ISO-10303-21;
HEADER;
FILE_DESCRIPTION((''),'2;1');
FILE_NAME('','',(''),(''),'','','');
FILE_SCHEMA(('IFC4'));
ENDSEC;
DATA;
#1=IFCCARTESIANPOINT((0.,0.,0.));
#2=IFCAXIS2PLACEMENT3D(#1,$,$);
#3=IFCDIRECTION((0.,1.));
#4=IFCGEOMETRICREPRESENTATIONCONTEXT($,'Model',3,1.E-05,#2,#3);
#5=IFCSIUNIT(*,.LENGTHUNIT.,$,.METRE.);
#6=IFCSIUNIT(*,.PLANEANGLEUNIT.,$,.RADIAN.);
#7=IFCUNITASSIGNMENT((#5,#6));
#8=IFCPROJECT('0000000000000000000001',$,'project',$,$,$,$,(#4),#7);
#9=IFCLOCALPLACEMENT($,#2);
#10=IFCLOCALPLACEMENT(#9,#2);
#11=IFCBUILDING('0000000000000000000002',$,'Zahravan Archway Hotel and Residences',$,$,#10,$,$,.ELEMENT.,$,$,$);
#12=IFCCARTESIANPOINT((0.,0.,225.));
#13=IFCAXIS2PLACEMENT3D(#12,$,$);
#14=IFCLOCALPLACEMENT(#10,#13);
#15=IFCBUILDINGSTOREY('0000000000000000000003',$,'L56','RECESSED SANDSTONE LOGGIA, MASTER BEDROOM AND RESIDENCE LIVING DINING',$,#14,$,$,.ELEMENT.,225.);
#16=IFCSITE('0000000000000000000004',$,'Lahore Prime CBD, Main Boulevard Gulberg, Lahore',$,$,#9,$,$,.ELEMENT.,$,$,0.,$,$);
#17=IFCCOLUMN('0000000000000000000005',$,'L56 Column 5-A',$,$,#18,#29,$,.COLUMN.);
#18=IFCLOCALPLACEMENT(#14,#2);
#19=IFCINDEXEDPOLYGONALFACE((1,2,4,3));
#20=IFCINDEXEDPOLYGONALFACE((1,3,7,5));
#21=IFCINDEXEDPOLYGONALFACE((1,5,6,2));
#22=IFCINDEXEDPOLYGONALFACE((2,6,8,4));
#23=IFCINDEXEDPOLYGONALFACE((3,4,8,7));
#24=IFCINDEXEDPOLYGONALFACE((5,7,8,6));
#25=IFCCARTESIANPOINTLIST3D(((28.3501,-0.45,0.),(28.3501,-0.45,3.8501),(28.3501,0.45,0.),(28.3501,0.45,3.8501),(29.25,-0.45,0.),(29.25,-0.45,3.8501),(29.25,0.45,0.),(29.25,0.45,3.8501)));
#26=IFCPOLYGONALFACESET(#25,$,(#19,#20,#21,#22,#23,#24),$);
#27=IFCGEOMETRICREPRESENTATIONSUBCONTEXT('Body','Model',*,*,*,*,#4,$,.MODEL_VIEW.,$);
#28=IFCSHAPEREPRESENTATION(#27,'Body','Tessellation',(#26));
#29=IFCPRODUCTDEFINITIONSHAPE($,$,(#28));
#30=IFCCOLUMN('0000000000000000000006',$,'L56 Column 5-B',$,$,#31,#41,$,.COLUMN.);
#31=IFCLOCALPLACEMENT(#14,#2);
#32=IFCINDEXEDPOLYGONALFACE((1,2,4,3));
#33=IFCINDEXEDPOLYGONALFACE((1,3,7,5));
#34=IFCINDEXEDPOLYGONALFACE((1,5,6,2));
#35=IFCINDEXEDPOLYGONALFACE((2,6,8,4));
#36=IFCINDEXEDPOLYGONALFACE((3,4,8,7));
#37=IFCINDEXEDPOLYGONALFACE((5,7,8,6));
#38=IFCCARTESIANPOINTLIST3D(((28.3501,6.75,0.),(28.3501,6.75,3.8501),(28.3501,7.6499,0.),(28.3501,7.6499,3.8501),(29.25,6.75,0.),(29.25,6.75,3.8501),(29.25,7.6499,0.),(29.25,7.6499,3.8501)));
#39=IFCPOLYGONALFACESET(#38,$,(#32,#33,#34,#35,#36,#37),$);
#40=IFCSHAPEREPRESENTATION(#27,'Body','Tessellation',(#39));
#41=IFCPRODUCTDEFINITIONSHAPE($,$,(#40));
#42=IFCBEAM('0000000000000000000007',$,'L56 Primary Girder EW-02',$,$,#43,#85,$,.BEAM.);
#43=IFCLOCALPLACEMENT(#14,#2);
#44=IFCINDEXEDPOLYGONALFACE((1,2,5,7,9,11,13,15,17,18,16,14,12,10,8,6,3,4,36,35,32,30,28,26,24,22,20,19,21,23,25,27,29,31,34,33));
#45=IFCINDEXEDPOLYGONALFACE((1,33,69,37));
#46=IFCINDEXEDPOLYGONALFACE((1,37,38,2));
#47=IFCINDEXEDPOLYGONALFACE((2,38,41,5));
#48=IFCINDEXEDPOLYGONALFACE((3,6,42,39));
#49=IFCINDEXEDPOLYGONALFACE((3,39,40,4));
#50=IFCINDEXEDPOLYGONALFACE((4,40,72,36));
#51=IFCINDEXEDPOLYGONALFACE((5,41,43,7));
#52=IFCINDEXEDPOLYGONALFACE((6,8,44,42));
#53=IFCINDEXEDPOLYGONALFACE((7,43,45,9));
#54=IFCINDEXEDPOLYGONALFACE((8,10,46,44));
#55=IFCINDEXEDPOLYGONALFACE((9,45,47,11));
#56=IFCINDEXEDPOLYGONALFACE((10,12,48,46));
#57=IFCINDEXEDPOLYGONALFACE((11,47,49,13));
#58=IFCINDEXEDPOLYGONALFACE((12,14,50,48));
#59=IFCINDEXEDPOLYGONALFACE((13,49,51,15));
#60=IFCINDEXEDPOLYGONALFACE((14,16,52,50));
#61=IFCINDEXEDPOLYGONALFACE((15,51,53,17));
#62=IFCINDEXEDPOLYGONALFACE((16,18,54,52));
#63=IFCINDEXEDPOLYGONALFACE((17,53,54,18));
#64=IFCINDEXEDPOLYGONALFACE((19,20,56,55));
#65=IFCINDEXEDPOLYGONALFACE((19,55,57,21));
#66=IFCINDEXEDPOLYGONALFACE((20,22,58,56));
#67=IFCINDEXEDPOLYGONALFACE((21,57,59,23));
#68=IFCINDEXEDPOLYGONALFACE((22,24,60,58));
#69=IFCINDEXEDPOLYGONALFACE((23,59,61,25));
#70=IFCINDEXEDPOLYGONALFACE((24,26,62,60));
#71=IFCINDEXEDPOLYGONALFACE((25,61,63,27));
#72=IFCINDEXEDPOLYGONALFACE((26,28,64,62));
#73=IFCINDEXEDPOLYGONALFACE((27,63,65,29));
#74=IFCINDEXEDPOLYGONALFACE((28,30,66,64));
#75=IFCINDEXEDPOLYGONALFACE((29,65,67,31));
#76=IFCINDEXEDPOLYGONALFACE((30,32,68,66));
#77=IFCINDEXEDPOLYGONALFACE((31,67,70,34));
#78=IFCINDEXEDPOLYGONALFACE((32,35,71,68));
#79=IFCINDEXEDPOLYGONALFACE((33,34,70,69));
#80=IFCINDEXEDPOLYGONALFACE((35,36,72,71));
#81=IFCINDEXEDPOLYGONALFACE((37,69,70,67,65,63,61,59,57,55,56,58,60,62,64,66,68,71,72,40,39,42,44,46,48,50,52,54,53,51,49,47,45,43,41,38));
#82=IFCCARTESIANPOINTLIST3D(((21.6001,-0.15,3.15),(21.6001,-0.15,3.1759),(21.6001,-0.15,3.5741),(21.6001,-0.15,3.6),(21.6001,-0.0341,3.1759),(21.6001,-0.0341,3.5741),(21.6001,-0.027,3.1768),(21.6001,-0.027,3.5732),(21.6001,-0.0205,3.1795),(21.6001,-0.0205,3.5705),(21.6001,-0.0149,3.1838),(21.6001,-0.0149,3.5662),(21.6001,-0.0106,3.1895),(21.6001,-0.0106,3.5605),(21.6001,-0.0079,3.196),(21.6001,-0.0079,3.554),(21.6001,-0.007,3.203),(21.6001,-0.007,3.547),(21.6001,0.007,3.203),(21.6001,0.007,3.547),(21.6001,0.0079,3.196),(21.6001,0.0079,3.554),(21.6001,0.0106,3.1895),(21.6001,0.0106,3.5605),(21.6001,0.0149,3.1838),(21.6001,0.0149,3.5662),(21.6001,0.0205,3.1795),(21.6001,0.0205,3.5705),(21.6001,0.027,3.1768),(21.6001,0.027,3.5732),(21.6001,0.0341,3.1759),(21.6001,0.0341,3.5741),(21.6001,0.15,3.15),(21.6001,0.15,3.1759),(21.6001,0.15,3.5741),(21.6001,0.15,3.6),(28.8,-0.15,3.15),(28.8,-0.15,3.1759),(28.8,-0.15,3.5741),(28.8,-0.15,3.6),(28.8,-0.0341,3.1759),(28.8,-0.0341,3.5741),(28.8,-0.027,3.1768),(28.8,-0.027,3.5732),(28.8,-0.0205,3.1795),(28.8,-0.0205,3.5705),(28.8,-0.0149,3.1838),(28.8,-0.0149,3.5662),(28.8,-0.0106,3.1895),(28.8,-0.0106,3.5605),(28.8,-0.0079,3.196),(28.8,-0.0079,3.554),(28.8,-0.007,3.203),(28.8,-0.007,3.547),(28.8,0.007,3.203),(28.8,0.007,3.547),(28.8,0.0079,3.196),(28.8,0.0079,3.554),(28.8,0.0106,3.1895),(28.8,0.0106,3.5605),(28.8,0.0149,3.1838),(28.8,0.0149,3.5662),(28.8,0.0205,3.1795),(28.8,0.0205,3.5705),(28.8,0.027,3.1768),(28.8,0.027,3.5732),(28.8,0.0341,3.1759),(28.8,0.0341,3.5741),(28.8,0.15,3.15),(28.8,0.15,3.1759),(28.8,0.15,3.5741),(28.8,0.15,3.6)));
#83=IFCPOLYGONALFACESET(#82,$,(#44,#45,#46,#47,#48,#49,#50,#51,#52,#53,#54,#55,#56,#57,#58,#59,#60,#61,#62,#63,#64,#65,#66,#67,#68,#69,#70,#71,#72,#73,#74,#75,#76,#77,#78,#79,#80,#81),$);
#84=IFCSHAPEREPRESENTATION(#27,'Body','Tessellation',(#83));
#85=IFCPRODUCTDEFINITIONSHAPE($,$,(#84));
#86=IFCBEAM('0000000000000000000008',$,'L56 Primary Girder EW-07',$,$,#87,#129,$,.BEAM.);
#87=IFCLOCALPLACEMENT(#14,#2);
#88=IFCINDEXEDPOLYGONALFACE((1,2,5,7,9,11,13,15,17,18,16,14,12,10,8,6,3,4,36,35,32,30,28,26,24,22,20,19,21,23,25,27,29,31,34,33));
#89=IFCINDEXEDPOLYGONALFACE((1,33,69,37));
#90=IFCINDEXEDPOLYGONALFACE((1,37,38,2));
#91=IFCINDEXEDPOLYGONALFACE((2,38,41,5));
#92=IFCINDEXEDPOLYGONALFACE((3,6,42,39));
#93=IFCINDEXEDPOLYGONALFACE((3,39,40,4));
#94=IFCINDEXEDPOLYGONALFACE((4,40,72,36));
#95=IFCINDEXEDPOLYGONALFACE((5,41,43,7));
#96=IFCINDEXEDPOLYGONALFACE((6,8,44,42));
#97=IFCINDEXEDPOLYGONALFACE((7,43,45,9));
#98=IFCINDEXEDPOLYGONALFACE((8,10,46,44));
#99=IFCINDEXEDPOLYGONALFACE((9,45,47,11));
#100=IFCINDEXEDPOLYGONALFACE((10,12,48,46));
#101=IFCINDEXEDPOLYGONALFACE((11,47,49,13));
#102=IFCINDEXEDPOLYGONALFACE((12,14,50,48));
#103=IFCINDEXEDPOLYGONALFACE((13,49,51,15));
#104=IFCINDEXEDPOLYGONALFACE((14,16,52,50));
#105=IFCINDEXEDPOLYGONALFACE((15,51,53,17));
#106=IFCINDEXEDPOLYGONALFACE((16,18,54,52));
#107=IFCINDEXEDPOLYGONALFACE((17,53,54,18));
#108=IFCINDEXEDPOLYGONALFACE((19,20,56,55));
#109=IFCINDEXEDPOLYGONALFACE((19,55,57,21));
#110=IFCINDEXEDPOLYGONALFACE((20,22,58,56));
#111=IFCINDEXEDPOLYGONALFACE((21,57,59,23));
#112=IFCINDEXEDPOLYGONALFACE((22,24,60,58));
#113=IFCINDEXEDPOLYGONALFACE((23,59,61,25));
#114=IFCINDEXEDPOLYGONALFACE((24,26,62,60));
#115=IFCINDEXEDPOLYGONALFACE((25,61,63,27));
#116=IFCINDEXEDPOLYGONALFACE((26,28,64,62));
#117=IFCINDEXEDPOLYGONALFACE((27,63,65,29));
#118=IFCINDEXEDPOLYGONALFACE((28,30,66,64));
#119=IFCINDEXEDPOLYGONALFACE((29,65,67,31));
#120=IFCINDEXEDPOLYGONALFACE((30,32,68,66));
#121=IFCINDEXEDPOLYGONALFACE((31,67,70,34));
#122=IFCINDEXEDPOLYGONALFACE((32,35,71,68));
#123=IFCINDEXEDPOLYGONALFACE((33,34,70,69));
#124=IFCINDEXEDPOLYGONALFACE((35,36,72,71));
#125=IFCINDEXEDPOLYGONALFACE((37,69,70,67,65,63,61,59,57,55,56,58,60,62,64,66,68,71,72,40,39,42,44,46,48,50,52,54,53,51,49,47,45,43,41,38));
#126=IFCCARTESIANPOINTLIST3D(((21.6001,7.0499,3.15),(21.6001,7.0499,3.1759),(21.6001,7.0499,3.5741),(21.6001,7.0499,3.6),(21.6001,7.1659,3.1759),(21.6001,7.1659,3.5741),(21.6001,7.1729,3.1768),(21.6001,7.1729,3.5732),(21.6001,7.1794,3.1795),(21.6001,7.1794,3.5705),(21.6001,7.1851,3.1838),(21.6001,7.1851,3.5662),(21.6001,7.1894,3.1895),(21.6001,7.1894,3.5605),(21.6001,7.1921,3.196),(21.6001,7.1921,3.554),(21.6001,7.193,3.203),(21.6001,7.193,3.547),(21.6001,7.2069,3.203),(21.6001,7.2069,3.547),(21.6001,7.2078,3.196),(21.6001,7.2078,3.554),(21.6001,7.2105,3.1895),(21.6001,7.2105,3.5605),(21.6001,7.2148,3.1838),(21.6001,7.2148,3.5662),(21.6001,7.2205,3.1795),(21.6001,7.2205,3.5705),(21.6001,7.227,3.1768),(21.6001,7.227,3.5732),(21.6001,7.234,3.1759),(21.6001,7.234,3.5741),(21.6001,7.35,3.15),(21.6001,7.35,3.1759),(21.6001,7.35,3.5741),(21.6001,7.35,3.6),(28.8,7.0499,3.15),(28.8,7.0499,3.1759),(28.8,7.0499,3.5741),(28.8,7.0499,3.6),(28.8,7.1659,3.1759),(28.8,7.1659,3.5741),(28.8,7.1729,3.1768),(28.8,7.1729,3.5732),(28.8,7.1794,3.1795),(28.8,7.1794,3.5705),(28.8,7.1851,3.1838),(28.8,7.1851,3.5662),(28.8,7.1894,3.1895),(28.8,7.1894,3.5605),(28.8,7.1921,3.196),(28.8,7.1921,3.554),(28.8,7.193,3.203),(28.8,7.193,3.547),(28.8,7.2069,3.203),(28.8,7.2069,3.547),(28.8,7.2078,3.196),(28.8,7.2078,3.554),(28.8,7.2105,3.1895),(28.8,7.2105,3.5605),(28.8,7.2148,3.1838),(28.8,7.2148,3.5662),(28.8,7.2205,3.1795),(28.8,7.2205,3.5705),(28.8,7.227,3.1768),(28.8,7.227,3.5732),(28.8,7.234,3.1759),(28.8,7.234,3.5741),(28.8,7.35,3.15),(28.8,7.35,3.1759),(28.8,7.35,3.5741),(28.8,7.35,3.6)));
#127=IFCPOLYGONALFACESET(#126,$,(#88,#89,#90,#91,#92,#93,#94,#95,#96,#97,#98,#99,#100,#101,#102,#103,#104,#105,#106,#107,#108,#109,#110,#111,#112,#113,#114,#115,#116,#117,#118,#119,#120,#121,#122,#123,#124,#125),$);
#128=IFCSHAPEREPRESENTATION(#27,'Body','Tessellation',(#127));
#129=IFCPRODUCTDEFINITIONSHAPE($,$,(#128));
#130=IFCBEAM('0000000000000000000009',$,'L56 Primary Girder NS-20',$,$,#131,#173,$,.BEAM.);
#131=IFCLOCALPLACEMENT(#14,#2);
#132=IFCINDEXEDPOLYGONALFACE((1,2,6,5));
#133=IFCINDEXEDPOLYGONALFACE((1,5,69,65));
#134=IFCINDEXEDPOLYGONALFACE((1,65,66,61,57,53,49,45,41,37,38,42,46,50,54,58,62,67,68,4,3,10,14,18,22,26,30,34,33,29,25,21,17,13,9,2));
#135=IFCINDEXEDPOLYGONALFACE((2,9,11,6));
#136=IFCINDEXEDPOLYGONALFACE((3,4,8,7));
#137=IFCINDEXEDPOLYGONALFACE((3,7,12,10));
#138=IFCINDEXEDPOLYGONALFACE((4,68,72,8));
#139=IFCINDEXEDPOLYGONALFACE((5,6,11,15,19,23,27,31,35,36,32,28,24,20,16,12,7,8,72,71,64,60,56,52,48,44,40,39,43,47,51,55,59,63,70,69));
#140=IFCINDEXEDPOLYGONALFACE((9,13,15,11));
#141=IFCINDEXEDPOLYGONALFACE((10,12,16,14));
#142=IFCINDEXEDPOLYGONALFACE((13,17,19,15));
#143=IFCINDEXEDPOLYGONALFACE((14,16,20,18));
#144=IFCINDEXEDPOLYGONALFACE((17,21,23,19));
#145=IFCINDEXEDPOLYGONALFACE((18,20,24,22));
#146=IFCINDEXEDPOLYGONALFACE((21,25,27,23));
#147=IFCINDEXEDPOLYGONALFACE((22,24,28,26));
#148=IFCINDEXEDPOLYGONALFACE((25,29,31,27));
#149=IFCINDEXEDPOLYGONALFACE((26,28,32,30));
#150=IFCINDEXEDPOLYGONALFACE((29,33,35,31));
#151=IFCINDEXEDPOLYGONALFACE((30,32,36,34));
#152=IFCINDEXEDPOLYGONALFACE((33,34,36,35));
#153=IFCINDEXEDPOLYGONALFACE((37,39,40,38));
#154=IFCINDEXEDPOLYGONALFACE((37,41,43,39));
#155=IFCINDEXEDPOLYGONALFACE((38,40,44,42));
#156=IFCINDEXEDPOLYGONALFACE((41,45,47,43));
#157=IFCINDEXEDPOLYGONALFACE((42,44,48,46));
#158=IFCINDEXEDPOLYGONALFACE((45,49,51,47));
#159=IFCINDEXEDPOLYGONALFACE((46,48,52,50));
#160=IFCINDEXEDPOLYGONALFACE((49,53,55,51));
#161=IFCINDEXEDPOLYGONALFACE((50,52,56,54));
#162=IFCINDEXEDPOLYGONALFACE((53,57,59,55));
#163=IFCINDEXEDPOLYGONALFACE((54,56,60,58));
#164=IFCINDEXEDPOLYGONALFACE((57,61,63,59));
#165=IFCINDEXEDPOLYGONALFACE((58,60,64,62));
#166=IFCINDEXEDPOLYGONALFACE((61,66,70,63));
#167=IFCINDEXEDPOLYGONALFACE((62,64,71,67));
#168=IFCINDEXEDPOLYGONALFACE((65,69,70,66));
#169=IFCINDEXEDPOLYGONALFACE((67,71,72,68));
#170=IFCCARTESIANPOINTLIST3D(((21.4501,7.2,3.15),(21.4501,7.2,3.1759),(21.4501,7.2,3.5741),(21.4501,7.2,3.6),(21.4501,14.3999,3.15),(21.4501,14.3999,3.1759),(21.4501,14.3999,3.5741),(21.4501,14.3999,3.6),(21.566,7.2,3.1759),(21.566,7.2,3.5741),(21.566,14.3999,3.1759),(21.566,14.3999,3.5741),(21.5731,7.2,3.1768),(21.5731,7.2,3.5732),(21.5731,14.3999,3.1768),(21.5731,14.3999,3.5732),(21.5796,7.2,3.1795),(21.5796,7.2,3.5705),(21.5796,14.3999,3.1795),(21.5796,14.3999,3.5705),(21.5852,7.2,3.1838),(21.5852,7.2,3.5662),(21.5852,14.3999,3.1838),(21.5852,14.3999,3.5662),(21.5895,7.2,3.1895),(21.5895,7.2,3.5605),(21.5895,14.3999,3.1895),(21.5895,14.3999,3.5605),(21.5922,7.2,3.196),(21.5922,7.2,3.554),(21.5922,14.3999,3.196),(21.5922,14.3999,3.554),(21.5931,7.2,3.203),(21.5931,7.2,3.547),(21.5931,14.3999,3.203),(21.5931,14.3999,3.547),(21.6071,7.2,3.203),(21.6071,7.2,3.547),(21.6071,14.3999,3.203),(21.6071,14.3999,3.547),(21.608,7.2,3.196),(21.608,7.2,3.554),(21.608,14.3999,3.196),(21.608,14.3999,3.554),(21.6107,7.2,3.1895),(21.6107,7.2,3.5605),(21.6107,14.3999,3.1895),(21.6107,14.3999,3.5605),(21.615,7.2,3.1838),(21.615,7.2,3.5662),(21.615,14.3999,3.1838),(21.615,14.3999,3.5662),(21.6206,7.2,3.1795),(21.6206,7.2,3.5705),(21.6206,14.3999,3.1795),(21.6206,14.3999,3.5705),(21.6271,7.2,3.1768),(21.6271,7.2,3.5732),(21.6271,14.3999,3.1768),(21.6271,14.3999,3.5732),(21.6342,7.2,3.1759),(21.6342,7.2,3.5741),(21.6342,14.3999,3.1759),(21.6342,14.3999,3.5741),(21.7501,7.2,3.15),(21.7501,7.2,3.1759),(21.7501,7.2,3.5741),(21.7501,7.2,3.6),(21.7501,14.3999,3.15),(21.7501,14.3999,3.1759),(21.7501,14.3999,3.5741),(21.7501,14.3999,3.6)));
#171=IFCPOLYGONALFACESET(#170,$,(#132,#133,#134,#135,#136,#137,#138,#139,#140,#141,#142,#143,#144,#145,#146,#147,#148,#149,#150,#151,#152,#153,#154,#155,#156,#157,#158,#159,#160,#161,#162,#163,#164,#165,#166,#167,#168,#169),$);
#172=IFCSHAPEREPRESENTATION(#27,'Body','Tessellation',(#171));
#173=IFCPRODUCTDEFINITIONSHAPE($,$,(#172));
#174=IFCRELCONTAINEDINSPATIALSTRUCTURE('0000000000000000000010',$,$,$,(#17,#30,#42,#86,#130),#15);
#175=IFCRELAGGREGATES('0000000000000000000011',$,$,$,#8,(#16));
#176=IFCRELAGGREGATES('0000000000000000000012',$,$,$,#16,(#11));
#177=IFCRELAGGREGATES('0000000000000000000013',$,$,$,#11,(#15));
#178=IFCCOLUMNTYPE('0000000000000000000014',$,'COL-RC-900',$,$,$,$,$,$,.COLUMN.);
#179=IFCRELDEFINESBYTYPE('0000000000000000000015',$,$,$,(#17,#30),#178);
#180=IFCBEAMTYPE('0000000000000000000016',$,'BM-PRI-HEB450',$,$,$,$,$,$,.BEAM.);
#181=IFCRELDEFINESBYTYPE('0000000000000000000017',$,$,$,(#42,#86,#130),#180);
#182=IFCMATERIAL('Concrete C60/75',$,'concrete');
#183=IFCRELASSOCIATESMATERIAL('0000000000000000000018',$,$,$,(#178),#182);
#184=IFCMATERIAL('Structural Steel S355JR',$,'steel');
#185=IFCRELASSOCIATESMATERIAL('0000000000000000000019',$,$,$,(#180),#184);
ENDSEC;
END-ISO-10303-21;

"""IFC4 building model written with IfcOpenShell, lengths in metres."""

from ifc_helpers import new_model, si_unit, direction, frame, origin, origin_2d, place, context, subcontext, project, spatial, rectangle, i_section, extrude, source, transform, mapped, material, material_profile, profile_set, type_object, type_shapes, element, save


model = new_model("IFC4")

# Units and contexts
model_context = context("Model", 3, precision=1e-05, world=origin(), true_north=direction((0.0, 1.0)))
body_context = subcontext(model_context, "Body", "Model", "MODEL_VIEW")
ifc_project = project(units=[si_unit("LENGTHUNIT", "METRE"), si_unit("PLANEANGLEUNIT", "RADIAN")], contexts=[model_context])

# Site, building, storey
site_placement = place(None, origin())
site = spatial("IfcSite", under=ifc_project, at=site_placement, Name="Lahore Prime CBD, Main Boulevard Gulberg, Lahore", CompositionType="ELEMENT", RefElevation=0.0)
building_placement = place(site_placement, origin())
building = spatial("IfcBuilding", under=site, at=building_placement, Name="Zahravan Archway Hotel and Residences", CompositionType="ELEMENT")
storey_placement = place(building_placement, frame((0.0, 0.0, 225.0)))
storey = spatial("IfcBuildingStorey", under=building, at=storey_placement, Name="L56", Description="RECESSED SANDSTONE LOGGIA, MASTER BEDROOM AND RESIDENCE LIVING DINING", CompositionType="ELEMENT", Elevation=225.0)

# Columns
ifc_material_1 = material(Name="Concrete C60/75", Category="concrete")
ifc_material_profile_1 = material_profile(ifc_material_1, rectangle(XDim=0.8999, YDim=0.8999, at=origin_2d()), Name="RC-COL-900x900", Category="concrete")
ifc_profile_set_1 = profile_set([ifc_material_profile_1], Name="Concrete C60/75")
column_type = type_object("IfcColumnType", Name="COL-RC-900", PredefinedType="COLUMN", material=ifc_profile_set_1)
shared_shape_1 = source(origin(), body_context, "Body", "SweptSolid", [
    extrude(rectangle(XDim=0.8999, YDim=0.8999, at=origin_2d()), origin(), (0.0, 0.0, 1.0), 3.8501),
])
type_shapes(column_type, [shared_shape_1])
for number, where, z_axis, x_axis, name in (
    (1, (28.8, 0.0, 0.0), (0.0, 0.0, 1.0), (1.0, 0.0, 0.0), "L56 Column 5-A"),
    (2, (28.8, 7.2, 0.0), (0.0, 0.0, 1.0), (1.0, 0.0, 0.0), "L56 Column 5-B"),
):
    element("IfcColumn", number, at=place(storey_placement, frame(where, z_axis=z_axis, x_axis=x_axis)), inside=storey, type_object=column_type, Name=name, PredefinedType="COLUMN", context=body_context, shape_type="MappedRepresentation", body=[
        mapped(shared_shape_1, transform((0.0, 0.0, 0.0), scale=1.0)),
    ])

# Beams
ifc_material_2 = material(Name="Structural Steel S355JR", Category="steel")
ifc_material_profile_2 = material_profile(ifc_material_2, i_section(OverallWidth=0.3, OverallDepth=0.45, WebThickness=0.0139, FlangeThickness=0.0259, FilletRadius=0.0271, at=origin_2d()), Name="HEB 450", Category="steel")
ifc_profile_set_2 = profile_set([ifc_material_profile_2], Name="Structural Steel S355JR")
beam_type_1 = type_object("IfcBeamType", Name="BM-PRI-HEB450", PredefinedType="BEAM", material=ifc_profile_set_2)
shared_shape_2 = source(origin(), body_context, "Body", "SweptSolid", [
    extrude(i_section(OverallWidth=0.3, OverallDepth=0.45, WebThickness=0.0139, FlangeThickness=0.0259, FilletRadius=0.0271, at=origin_2d()), origin(), (0.0, 0.0, 1.0), 7.2),
])
for number, where, z_axis, x_axis, name in (
    (3, (21.6001, 0.0, 3.375), (1.0, 0.0, 0.0), (0.0, 1.0, 0.0), "L56 Primary Girder EW-02"),
    (4, (21.6001, 7.2, 3.375), (1.0, 0.0, 0.0), (0.0, 1.0, 0.0), "L56 Primary Girder EW-07"),
    (5, (21.6001, 7.2, 3.375), (0.0, 1.0, 0.0), (-1.0, 0.0, 0.0), "L56 Primary Girder NS-20"),
):
    element("IfcBeam", number, at=place(storey_placement, frame(where, z_axis=z_axis, x_axis=x_axis)), inside=storey, type_object=beam_type_1, Name=name, PredefinedType="BEAM", context=body_context, shape_type="MappedRepresentation", body=[
        mapped(shared_shape_2, transform((0.0, 0.0, 0.0), scale=1.0)),
    ])

save(model, "model.ifc")
